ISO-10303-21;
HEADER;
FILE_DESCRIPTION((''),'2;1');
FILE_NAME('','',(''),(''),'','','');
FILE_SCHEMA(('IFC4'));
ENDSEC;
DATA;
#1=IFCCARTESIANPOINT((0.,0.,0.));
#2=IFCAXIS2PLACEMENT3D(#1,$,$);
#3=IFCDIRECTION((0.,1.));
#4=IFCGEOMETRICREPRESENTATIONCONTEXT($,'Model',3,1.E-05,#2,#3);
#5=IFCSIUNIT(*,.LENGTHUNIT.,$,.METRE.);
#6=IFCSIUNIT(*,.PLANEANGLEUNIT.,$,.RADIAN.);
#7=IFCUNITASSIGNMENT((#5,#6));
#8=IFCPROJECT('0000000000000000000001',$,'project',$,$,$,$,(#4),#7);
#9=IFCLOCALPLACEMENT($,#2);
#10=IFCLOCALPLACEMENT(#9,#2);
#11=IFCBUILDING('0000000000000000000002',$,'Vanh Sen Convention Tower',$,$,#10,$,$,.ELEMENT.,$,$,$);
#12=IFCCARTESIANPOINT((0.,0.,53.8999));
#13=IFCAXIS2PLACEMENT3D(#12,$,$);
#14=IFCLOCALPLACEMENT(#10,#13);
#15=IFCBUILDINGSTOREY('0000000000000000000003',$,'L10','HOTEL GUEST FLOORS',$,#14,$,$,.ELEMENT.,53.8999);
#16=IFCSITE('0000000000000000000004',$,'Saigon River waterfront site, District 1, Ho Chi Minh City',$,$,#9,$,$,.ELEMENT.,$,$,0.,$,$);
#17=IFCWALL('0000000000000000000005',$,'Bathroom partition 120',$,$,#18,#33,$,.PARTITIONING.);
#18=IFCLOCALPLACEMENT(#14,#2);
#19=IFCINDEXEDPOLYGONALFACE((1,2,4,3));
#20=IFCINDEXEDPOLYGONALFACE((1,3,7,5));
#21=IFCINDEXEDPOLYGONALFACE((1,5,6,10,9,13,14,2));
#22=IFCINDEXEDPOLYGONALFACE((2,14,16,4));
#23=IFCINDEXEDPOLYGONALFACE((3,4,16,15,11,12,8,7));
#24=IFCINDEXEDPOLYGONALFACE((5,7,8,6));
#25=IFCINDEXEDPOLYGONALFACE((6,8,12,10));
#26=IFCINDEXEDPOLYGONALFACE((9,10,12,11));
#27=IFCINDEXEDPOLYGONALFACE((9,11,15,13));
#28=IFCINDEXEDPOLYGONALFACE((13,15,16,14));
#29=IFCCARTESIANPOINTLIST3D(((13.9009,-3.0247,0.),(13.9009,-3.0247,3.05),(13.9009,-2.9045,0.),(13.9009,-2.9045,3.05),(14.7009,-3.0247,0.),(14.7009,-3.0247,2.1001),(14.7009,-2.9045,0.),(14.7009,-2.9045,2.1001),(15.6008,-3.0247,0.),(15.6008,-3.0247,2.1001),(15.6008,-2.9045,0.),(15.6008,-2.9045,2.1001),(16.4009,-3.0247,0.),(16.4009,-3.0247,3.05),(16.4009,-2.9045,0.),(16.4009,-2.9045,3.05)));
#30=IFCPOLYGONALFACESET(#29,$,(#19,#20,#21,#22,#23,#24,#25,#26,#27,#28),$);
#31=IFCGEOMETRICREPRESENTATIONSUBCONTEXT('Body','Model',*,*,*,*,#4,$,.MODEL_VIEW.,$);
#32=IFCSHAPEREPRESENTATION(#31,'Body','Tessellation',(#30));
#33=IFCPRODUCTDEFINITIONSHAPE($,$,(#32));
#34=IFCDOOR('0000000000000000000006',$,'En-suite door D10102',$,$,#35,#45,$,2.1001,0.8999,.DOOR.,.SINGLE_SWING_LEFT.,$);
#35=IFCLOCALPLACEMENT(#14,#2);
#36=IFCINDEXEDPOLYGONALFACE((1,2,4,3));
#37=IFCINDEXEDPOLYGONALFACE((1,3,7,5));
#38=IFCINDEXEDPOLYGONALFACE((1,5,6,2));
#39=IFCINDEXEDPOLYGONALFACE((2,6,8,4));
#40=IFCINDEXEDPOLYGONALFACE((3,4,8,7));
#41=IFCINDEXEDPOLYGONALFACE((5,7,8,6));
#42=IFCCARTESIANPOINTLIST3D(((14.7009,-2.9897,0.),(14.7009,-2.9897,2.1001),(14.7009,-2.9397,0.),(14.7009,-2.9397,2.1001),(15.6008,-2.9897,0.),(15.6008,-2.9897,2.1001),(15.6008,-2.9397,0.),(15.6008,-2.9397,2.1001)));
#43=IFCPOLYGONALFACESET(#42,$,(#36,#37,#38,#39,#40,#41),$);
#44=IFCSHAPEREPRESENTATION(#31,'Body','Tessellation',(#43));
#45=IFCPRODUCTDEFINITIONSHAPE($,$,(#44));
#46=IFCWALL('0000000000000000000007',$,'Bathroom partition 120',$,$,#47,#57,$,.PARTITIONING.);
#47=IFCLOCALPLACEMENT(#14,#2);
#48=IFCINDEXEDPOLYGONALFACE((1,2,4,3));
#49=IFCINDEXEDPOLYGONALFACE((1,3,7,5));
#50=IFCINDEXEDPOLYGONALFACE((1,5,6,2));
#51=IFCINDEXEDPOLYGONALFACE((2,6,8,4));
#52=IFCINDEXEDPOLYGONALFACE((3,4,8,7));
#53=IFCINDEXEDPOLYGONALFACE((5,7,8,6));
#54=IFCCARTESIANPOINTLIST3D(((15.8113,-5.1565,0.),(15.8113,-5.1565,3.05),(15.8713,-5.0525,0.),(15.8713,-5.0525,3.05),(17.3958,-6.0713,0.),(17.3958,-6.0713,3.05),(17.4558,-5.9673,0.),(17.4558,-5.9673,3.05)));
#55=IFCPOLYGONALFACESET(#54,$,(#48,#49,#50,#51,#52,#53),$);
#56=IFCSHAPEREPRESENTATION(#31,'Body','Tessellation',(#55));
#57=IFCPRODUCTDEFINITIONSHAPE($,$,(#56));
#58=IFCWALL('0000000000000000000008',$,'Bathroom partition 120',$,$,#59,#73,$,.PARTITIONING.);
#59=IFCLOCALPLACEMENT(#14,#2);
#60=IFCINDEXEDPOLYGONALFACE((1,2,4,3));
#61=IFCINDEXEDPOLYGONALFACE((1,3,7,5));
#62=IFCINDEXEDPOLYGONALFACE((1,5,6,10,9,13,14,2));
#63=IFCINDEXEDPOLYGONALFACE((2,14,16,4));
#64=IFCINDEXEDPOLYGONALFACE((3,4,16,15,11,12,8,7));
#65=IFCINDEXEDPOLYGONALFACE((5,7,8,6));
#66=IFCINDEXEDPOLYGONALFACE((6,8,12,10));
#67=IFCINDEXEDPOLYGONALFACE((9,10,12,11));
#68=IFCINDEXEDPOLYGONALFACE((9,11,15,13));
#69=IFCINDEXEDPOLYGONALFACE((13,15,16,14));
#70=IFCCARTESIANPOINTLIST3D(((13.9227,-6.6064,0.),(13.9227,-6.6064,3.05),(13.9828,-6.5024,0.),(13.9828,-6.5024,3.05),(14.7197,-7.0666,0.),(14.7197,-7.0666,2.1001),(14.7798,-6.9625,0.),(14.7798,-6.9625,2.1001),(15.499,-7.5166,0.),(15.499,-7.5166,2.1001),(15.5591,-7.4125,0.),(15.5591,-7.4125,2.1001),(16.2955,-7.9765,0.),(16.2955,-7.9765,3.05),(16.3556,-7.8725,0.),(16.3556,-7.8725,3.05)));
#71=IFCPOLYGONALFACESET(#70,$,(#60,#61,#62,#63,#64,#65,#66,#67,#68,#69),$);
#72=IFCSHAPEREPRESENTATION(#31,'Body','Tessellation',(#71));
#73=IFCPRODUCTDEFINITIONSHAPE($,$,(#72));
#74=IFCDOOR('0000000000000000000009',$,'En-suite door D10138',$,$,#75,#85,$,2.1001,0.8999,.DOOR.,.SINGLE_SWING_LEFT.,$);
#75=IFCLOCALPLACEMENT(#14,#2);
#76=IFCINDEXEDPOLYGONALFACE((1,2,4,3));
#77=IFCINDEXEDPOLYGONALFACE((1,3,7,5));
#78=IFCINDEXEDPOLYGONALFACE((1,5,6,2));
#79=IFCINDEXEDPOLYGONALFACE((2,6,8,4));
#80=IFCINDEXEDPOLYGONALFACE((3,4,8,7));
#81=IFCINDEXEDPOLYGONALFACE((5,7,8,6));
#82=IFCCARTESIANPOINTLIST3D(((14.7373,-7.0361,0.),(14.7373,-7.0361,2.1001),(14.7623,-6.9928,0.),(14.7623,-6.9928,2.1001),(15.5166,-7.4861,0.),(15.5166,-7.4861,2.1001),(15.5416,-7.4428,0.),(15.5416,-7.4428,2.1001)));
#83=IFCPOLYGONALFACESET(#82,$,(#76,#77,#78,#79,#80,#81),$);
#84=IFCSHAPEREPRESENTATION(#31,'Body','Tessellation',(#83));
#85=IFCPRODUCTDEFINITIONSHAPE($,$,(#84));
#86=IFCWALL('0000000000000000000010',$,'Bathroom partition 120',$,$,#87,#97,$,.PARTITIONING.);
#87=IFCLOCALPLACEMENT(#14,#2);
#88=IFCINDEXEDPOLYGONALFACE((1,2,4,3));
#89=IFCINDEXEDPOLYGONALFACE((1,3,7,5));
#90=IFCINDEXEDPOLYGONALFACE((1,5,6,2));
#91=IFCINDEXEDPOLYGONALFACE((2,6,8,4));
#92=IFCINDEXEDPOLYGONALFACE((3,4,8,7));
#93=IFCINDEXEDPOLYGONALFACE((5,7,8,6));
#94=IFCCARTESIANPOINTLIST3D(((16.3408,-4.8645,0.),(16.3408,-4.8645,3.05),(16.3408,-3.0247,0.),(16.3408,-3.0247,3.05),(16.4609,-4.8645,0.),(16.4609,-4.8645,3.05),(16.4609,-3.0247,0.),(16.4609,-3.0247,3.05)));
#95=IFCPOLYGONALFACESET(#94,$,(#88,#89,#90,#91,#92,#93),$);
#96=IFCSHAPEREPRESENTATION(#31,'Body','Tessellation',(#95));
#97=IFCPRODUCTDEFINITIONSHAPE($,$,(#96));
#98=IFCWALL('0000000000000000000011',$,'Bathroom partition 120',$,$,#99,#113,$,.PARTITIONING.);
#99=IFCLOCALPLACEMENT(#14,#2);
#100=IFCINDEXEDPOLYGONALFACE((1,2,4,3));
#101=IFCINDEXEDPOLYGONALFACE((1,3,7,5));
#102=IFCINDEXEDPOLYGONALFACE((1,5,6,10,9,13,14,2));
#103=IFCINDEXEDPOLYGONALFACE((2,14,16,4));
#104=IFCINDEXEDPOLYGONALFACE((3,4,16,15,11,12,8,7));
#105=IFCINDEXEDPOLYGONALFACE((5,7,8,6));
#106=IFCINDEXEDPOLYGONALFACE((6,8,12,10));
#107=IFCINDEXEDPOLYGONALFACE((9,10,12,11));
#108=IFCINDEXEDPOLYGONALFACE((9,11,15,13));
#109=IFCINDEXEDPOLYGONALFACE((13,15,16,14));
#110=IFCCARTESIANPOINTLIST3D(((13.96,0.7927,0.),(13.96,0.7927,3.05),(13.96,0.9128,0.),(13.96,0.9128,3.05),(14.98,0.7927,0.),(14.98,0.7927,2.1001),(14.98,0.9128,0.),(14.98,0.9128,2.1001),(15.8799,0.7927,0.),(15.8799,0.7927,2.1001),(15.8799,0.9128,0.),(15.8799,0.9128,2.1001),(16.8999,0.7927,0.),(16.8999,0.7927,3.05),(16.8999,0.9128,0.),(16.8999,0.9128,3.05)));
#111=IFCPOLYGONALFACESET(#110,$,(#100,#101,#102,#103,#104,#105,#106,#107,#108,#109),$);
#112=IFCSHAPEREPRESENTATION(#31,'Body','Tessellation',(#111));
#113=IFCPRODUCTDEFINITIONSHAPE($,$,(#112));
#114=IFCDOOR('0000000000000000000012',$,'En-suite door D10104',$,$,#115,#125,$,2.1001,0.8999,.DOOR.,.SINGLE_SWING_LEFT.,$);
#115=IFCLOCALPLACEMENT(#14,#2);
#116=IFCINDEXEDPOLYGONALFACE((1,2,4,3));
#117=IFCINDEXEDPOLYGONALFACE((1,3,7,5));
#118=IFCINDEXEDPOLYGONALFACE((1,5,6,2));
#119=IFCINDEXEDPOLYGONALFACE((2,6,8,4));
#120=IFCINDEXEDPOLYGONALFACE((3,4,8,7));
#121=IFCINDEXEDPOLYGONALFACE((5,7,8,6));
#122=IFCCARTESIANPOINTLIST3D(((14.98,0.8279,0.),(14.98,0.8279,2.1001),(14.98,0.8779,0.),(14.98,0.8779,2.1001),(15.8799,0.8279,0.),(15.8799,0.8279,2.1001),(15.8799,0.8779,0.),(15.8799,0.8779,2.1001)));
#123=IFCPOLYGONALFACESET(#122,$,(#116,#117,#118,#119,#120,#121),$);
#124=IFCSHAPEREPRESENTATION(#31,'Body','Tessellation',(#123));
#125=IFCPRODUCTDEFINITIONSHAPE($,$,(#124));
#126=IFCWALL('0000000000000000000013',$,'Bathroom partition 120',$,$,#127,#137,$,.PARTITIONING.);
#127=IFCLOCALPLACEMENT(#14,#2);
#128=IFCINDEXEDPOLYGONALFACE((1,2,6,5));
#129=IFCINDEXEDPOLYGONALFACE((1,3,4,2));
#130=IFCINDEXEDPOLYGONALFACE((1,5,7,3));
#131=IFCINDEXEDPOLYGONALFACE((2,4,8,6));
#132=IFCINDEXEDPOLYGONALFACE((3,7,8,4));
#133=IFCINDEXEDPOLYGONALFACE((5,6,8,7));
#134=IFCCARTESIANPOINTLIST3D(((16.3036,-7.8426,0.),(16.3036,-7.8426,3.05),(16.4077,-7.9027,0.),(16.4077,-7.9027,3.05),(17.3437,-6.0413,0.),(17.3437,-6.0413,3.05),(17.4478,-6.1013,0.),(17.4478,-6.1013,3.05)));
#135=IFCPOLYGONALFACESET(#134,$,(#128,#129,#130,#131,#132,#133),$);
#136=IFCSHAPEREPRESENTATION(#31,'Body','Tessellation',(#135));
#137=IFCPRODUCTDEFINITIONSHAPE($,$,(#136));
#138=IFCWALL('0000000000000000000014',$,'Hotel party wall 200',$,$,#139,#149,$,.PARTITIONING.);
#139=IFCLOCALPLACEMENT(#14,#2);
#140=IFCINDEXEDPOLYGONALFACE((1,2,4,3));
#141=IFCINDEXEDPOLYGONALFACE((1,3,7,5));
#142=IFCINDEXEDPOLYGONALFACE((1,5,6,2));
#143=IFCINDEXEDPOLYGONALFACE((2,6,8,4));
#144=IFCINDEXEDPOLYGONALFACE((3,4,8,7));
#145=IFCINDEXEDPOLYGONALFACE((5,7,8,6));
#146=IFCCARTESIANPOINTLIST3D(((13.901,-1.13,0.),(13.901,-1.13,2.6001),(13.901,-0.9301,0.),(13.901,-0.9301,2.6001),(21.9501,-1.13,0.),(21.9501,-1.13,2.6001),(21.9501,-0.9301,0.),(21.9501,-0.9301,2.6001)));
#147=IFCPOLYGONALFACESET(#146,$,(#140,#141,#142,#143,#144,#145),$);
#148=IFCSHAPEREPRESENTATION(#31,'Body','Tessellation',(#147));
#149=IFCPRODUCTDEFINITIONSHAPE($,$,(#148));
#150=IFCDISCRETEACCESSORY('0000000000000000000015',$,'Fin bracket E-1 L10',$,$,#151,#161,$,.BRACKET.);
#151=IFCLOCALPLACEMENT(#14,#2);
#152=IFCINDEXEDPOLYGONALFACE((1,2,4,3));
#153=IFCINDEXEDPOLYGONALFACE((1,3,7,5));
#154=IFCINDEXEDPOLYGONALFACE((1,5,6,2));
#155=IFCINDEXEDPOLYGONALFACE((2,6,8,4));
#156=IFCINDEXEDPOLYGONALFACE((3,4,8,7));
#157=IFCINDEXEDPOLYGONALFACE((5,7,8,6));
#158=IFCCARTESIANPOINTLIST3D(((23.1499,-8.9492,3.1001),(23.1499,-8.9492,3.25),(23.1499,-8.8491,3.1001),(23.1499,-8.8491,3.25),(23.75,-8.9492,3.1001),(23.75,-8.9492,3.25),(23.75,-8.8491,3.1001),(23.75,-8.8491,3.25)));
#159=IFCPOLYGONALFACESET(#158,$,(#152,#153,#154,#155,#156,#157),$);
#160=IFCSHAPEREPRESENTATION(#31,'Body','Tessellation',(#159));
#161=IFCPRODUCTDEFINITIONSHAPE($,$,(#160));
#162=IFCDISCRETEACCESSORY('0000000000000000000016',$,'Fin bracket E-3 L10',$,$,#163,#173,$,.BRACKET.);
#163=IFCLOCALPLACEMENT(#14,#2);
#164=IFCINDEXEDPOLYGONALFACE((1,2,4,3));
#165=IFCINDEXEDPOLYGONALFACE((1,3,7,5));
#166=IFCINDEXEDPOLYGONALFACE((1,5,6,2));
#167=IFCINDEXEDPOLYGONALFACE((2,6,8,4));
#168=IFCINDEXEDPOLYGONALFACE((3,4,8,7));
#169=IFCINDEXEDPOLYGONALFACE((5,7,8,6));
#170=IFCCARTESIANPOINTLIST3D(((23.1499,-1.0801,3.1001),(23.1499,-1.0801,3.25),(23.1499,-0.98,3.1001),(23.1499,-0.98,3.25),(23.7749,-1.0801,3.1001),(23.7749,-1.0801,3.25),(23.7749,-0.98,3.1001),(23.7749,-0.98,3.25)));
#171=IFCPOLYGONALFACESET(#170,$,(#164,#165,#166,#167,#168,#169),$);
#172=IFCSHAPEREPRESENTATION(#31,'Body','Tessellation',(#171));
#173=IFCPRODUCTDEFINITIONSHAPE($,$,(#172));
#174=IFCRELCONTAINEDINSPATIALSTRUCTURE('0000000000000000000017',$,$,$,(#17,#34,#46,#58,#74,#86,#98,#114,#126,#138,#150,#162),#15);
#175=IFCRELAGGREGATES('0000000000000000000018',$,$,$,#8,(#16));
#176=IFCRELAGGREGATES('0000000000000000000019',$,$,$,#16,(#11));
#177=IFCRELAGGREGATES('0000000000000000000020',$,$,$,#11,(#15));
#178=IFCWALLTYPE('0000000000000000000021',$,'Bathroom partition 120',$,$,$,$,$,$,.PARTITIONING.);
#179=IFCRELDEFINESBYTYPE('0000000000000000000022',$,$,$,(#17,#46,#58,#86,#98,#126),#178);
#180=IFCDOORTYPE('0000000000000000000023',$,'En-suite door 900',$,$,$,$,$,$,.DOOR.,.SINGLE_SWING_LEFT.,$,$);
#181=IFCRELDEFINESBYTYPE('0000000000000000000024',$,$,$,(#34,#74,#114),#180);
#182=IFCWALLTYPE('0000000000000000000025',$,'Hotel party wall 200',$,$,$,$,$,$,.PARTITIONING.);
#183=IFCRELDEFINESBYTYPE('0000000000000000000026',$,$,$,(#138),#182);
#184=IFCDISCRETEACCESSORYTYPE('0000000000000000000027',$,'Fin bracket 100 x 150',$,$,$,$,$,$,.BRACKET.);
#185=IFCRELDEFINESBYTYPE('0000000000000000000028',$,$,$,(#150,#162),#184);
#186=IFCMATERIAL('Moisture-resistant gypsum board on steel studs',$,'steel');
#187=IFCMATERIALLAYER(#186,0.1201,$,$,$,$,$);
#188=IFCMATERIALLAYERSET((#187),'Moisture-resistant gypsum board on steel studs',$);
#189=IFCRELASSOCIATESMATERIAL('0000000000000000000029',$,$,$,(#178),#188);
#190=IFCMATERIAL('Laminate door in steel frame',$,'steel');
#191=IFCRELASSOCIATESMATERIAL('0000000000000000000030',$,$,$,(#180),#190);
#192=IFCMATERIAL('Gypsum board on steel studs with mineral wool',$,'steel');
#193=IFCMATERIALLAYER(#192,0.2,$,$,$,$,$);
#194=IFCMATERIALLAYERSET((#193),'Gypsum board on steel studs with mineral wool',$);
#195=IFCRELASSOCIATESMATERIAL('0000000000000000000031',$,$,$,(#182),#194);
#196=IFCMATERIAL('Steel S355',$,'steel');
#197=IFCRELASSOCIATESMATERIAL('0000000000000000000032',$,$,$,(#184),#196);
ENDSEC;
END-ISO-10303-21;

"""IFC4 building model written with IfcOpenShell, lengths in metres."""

from ifc_helpers import new_model, si_unit, direction, frame, frame_2d, origin, origin_2d, place, context, subcontext, project, spatial, rectangle, extrude, material, layer, layer_set, type_object, element, fill, save


model = new_model("IFC4")

# Units and contexts
model_context = context("Model", 3, precision=1e-05, world=origin(), true_north=direction((0.0, 1.0)))
body_context = subcontext(model_context, "Body", "Model", "MODEL_VIEW")
ifc_project = project(units=[si_unit("LENGTHUNIT", "METRE"), si_unit("PLANEANGLEUNIT", "RADIAN")], contexts=[model_context])

# Site, building, storey
site_placement = place(None, origin())
site = spatial("IfcSite", under=ifc_project, at=site_placement, Name="Saigon River waterfront site, District 1, Ho Chi Minh City", CompositionType="ELEMENT", RefElevation=0.0)
building_placement = place(site_placement, origin())
building = spatial("IfcBuilding", under=site, at=building_placement, Name="Vanh Sen Convention Tower", CompositionType="ELEMENT")
storey_placement = place(building_placement, frame((0.0, 0.0, 53.8999)))
storey = spatial("IfcBuildingStorey", under=building, at=storey_placement, Name="L10", Description="HOTEL GUEST FLOORS", CompositionType="ELEMENT", Elevation=53.8999)

# Wall, opening, door
ifc_material_1 = material(Name="Moisture-resistant gypsum board on steel studs", Category="steel")
ifc_layer_1 = layer(ifc_material_1, 0.1201)
ifc_layer_set_1 = layer_set([ifc_layer_1], Name="Moisture-resistant gypsum board on steel studs")
wall_type_1 = type_object("IfcWallType", Name="Bathroom partition 120", PredefinedType="PARTITIONING", material=ifc_layer_set_1)
wall_1_placement = place(storey_placement, frame((13.9009, -2.9646, 0.0), z_axis=(0.0, 0.0, 1.0), x_axis=(1.0, 0.0, 0.0)))
wall_1 = element("IfcWall", 1, at=wall_1_placement, inside=storey, type_object=wall_type_1, Name="Bathroom partition 120", PredefinedType="PARTITIONING", context=body_context, shape_type="SweptSolid", body=[
    extrude(rectangle(XDim=2.5, YDim=0.1201, at=frame_2d((1.25, 0.0))), origin(), (0.0, 0.0, 1.0), 3.05),
])
opening_1_placement = place(wall_1_placement, frame((0.8, 0.0, 0.0)))
opening_1 = element("IfcOpeningElement", 2, at=opening_1_placement, cuts=wall_1, PredefinedType="OPENING", context=body_context, shape_type="SweptSolid", body=[
    extrude(rectangle(XDim=0.8999, YDim=2.1001, at=frame_2d((0.45, 1.05))), frame((0.0, 0.0701, 0.0), z_axis=(0.0, -1.0, 0.0), x_axis=(1.0, 0.0, 0.0)), (0.0, 0.0, 1.0), 0.1401),
])
ifc_material_2 = material(Name="Laminate door in steel frame", Category="steel")
door_type = type_object("IfcDoorType", Name="En-suite door 900", OperationType="SINGLE_SWING_LEFT", PredefinedType="DOOR", material=ifc_material_2)
door_1_placement = place(opening_1_placement, origin())
door_1 = element("IfcDoor", 3, at=door_1_placement, inside=storey, type_object=door_type, Name="En-suite door D10102", OperationType="SINGLE_SWING_LEFT", OverallHeight=2.1001, OverallWidth=0.8999, PredefinedType="DOOR", context=body_context, shape_type="SweptSolid", body=[
    extrude(rectangle(XDim=0.8999, YDim=2.1001, at=frame_2d((0.45, 1.05))), frame((0.0, 0.0249, 0.0), z_axis=(0.0, -1.0, 0.0), x_axis=(1.0, 0.0, 0.0)), (0.0, 0.0, 1.0), 0.05),
])
fill(opening_1, door_1)

# Wall
wall_2_placement = place(storey_placement, frame((15.8413, -5.1045, 0.0), z_axis=(0.0, 0.0, 1.0), x_axis=(0.866026, -0.5, 0.0)))
element("IfcWall", 4, at=wall_2_placement, inside=storey, type_object=wall_type_1, Name="Bathroom partition 120", PredefinedType="PARTITIONING", context=body_context, shape_type="SweptSolid", body=[
    extrude(rectangle(XDim=1.8296, YDim=0.1201, at=frame_2d((0.9148, 0.0))), origin(), (0.0, 0.0, 1.0), 3.05),
])

# Wall, opening, door
wall_3_placement = place(storey_placement, frame((16.3257, -7.9246, 0.0), z_axis=(0.0, 0.0, 1.0), x_axis=(-0.865997, 0.500049, 0.0)))
wall_3 = element("IfcWall", 5, at=wall_3_placement, inside=storey, type_object=wall_type_1, Name="Bathroom partition 120", PredefinedType="PARTITIONING", context=body_context, shape_type="SweptSolid", body=[
    extrude(rectangle(XDim=2.74, YDim=0.1201, at=frame_2d((1.3701, 0.0))), origin(), (0.0, 0.0, 1.0), 3.05),
])
opening_2_placement = place(wall_3_placement, frame((0.9199, 0.0, 0.0)))
opening_2 = element("IfcOpeningElement", 6, at=opening_2_placement, cuts=wall_3, PredefinedType="OPENING", context=body_context, shape_type="SweptSolid", body=[
    extrude(rectangle(XDim=0.8999, YDim=2.1001, at=frame_2d((0.45, 1.05))), frame((0.0, 0.0701, 0.0), z_axis=(0.0, -1.0, 0.0), x_axis=(1.0, 0.0, 0.0)), (0.0, 0.0, 1.0), 0.1401),
])
door_2_placement = place(opening_2_placement, origin())
door_2 = element("IfcDoor", 7, at=door_2_placement, inside=storey, type_object=door_type, Name="En-suite door D10138", OperationType="SINGLE_SWING_LEFT", OverallHeight=2.1001, OverallWidth=0.8999, PredefinedType="DOOR", context=body_context, shape_type="SweptSolid", body=[
    extrude(rectangle(XDim=0.8999, YDim=2.1001, at=frame_2d((0.45, 1.05))), frame((0.0, 0.0249, 0.0), z_axis=(0.0, -1.0, 0.0), x_axis=(1.0, 0.0, 0.0)), (0.0, 0.0, 1.0), 0.05),
])
fill(opening_2, door_2)

# Wall
wall_4_placement = place(storey_placement, frame((16.4009, -3.0247, 0.0), z_axis=(0.0, 0.0, 1.0), x_axis=(0.0, -1.0, 0.0)))
element("IfcWall", 8, at=wall_4_placement, inside=storey, type_object=wall_type_1, Name="Bathroom partition 120", PredefinedType="PARTITIONING", context=body_context, shape_type="SweptSolid", body=[
    extrude(rectangle(XDim=1.8398, YDim=0.1201, at=frame_2d((0.9199, 0.0))), origin(), (0.0, 0.0, 1.0), 3.05),
])

# Wall, opening, door
wall_5_placement = place(storey_placement, frame((16.8999, 0.8528, 0.0), z_axis=(0.0, 0.0, 1.0), x_axis=(-1.0, 0.0, 0.0)))
wall_5 = element("IfcWall", 9, at=wall_5_placement, inside=storey, type_object=wall_type_1, Name="Bathroom partition 120", PredefinedType="PARTITIONING", context=body_context, shape_type="SweptSolid", body=[
    extrude(rectangle(XDim=2.9399, YDim=0.1201, at=frame_2d((1.47, 0.0))), origin(), (0.0, 0.0, 1.0), 3.05),
])
opening_3_placement = place(wall_5_placement, frame((1.02, 0.0, 0.0)))
opening_3 = element("IfcOpeningElement", 10, at=opening_3_placement, cuts=wall_5, PredefinedType="OPENING", context=body_context, shape_type="SweptSolid", body=[
    extrude(rectangle(XDim=0.8999, YDim=2.1001, at=frame_2d((0.45, 1.05))), frame((0.0, 0.0701, 0.0), z_axis=(0.0, -1.0, 0.0), x_axis=(1.0, 0.0, 0.0)), (0.0, 0.0, 1.0), 0.1401),
])
door_3_placement = place(opening_3_placement, origin())
door_3 = element("IfcDoor", 11, at=door_3_placement, inside=storey, type_object=door_type, Name="En-suite door D10104", OperationType="SINGLE_SWING_LEFT", OverallHeight=2.1001, OverallWidth=0.8999, PredefinedType="DOOR", context=body_context, shape_type="SweptSolid", body=[
    extrude(rectangle(XDim=0.8999, YDim=2.1001, at=frame_2d((0.45, 1.05))), frame((0.0, 0.0249, 0.0), z_axis=(0.0, -1.0, 0.0), x_axis=(1.0, 0.0, 0.0)), (0.0, 0.0, 1.0), 0.05),
])
fill(opening_3, door_3)

# Walls
wall_6_placement = place(storey_placement, frame((17.3958, -6.0713, 0.0), z_axis=(0.0, 0.0, 1.0), x_axis=(-0.500027, -0.86601, 0.0)))
element("IfcWall", 12, at=wall_6_placement, inside=storey, type_object=wall_type_1, Name="Bathroom partition 120", PredefinedType="PARTITIONING", context=body_context, shape_type="SweptSolid", body=[
    extrude(rectangle(XDim=2.0801, YDim=0.1201, at=frame_2d((1.04, 0.0))), origin(), (0.0, 0.0, 1.0), 3.05),
])
ifc_material_3 = material(Name="Gypsum board on steel studs with mineral wool", Category="steel")
ifc_layer_2 = layer(ifc_material_3, 0.2)
ifc_layer_set_2 = layer_set([ifc_layer_2], Name="Gypsum board on steel studs with mineral wool")
wall_type_2 = type_object("IfcWallType", Name="Hotel party wall 200", PredefinedType="PARTITIONING", material=ifc_layer_set_2)
wall_7_placement = place(storey_placement, frame((21.95, -1.03, 0.0), z_axis=(0.0, 0.0, 1.0), x_axis=(-1.0, 0.0, 0.0)))
element("IfcWall", 13, at=wall_7_placement, inside=storey, type_object=wall_type_2, Name="Hotel party wall 200", PredefinedType="PARTITIONING", context=body_context, shape_type="SweptSolid", body=[
    extrude(rectangle(XDim=8.0491, YDim=0.2, at=frame_2d((4.0244, 0.0))), origin(), (0.0, 0.0, 1.0), 2.6001),
])

# Discrete accessories
ifc_material_4 = material(Name="Steel S355", Category="steel")
discrete_accessory_type = type_object("IfcDiscreteAccessoryType", Name="Fin bracket 100 x 150", PredefinedType="BRACKET", material=ifc_material_4)
discrete_accessory_1_placement = place(storey_placement, frame((23.45, -8.8992, 3.1001), z_axis=(0.0, 0.0, 1.0), x_axis=(1.0, 0.0, 0.0)))
element("IfcDiscreteAccessory", 14, at=discrete_accessory_1_placement, inside=storey, type_object=discrete_accessory_type, Name="Fin bracket E-1 L10", PredefinedType="BRACKET", context=body_context, shape_type="SweptSolid", body=[
    extrude(rectangle(XDim=0.6001, YDim=0.1001, at=origin_2d()), origin(), (0.0, 0.0, 1.0), 0.1499),
])
discrete_accessory_2_placement = place(storey_placement, frame((23.4624, -1.03, 3.1001), z_axis=(0.0, 0.0, 1.0), x_axis=(1.0, 0.0, 0.0)))
element("IfcDiscreteAccessory", 15, at=discrete_accessory_2_placement, inside=storey, type_object=discrete_accessory_type, Name="Fin bracket E-3 L10", PredefinedType="BRACKET", context=body_context, shape_type="SweptSolid", body=[
    extrude(rectangle(XDim=0.625, YDim=0.1001, at=origin_2d()), origin(), (0.0, 0.0, 1.0), 0.1499),
])

save(model, "model.ifc")
